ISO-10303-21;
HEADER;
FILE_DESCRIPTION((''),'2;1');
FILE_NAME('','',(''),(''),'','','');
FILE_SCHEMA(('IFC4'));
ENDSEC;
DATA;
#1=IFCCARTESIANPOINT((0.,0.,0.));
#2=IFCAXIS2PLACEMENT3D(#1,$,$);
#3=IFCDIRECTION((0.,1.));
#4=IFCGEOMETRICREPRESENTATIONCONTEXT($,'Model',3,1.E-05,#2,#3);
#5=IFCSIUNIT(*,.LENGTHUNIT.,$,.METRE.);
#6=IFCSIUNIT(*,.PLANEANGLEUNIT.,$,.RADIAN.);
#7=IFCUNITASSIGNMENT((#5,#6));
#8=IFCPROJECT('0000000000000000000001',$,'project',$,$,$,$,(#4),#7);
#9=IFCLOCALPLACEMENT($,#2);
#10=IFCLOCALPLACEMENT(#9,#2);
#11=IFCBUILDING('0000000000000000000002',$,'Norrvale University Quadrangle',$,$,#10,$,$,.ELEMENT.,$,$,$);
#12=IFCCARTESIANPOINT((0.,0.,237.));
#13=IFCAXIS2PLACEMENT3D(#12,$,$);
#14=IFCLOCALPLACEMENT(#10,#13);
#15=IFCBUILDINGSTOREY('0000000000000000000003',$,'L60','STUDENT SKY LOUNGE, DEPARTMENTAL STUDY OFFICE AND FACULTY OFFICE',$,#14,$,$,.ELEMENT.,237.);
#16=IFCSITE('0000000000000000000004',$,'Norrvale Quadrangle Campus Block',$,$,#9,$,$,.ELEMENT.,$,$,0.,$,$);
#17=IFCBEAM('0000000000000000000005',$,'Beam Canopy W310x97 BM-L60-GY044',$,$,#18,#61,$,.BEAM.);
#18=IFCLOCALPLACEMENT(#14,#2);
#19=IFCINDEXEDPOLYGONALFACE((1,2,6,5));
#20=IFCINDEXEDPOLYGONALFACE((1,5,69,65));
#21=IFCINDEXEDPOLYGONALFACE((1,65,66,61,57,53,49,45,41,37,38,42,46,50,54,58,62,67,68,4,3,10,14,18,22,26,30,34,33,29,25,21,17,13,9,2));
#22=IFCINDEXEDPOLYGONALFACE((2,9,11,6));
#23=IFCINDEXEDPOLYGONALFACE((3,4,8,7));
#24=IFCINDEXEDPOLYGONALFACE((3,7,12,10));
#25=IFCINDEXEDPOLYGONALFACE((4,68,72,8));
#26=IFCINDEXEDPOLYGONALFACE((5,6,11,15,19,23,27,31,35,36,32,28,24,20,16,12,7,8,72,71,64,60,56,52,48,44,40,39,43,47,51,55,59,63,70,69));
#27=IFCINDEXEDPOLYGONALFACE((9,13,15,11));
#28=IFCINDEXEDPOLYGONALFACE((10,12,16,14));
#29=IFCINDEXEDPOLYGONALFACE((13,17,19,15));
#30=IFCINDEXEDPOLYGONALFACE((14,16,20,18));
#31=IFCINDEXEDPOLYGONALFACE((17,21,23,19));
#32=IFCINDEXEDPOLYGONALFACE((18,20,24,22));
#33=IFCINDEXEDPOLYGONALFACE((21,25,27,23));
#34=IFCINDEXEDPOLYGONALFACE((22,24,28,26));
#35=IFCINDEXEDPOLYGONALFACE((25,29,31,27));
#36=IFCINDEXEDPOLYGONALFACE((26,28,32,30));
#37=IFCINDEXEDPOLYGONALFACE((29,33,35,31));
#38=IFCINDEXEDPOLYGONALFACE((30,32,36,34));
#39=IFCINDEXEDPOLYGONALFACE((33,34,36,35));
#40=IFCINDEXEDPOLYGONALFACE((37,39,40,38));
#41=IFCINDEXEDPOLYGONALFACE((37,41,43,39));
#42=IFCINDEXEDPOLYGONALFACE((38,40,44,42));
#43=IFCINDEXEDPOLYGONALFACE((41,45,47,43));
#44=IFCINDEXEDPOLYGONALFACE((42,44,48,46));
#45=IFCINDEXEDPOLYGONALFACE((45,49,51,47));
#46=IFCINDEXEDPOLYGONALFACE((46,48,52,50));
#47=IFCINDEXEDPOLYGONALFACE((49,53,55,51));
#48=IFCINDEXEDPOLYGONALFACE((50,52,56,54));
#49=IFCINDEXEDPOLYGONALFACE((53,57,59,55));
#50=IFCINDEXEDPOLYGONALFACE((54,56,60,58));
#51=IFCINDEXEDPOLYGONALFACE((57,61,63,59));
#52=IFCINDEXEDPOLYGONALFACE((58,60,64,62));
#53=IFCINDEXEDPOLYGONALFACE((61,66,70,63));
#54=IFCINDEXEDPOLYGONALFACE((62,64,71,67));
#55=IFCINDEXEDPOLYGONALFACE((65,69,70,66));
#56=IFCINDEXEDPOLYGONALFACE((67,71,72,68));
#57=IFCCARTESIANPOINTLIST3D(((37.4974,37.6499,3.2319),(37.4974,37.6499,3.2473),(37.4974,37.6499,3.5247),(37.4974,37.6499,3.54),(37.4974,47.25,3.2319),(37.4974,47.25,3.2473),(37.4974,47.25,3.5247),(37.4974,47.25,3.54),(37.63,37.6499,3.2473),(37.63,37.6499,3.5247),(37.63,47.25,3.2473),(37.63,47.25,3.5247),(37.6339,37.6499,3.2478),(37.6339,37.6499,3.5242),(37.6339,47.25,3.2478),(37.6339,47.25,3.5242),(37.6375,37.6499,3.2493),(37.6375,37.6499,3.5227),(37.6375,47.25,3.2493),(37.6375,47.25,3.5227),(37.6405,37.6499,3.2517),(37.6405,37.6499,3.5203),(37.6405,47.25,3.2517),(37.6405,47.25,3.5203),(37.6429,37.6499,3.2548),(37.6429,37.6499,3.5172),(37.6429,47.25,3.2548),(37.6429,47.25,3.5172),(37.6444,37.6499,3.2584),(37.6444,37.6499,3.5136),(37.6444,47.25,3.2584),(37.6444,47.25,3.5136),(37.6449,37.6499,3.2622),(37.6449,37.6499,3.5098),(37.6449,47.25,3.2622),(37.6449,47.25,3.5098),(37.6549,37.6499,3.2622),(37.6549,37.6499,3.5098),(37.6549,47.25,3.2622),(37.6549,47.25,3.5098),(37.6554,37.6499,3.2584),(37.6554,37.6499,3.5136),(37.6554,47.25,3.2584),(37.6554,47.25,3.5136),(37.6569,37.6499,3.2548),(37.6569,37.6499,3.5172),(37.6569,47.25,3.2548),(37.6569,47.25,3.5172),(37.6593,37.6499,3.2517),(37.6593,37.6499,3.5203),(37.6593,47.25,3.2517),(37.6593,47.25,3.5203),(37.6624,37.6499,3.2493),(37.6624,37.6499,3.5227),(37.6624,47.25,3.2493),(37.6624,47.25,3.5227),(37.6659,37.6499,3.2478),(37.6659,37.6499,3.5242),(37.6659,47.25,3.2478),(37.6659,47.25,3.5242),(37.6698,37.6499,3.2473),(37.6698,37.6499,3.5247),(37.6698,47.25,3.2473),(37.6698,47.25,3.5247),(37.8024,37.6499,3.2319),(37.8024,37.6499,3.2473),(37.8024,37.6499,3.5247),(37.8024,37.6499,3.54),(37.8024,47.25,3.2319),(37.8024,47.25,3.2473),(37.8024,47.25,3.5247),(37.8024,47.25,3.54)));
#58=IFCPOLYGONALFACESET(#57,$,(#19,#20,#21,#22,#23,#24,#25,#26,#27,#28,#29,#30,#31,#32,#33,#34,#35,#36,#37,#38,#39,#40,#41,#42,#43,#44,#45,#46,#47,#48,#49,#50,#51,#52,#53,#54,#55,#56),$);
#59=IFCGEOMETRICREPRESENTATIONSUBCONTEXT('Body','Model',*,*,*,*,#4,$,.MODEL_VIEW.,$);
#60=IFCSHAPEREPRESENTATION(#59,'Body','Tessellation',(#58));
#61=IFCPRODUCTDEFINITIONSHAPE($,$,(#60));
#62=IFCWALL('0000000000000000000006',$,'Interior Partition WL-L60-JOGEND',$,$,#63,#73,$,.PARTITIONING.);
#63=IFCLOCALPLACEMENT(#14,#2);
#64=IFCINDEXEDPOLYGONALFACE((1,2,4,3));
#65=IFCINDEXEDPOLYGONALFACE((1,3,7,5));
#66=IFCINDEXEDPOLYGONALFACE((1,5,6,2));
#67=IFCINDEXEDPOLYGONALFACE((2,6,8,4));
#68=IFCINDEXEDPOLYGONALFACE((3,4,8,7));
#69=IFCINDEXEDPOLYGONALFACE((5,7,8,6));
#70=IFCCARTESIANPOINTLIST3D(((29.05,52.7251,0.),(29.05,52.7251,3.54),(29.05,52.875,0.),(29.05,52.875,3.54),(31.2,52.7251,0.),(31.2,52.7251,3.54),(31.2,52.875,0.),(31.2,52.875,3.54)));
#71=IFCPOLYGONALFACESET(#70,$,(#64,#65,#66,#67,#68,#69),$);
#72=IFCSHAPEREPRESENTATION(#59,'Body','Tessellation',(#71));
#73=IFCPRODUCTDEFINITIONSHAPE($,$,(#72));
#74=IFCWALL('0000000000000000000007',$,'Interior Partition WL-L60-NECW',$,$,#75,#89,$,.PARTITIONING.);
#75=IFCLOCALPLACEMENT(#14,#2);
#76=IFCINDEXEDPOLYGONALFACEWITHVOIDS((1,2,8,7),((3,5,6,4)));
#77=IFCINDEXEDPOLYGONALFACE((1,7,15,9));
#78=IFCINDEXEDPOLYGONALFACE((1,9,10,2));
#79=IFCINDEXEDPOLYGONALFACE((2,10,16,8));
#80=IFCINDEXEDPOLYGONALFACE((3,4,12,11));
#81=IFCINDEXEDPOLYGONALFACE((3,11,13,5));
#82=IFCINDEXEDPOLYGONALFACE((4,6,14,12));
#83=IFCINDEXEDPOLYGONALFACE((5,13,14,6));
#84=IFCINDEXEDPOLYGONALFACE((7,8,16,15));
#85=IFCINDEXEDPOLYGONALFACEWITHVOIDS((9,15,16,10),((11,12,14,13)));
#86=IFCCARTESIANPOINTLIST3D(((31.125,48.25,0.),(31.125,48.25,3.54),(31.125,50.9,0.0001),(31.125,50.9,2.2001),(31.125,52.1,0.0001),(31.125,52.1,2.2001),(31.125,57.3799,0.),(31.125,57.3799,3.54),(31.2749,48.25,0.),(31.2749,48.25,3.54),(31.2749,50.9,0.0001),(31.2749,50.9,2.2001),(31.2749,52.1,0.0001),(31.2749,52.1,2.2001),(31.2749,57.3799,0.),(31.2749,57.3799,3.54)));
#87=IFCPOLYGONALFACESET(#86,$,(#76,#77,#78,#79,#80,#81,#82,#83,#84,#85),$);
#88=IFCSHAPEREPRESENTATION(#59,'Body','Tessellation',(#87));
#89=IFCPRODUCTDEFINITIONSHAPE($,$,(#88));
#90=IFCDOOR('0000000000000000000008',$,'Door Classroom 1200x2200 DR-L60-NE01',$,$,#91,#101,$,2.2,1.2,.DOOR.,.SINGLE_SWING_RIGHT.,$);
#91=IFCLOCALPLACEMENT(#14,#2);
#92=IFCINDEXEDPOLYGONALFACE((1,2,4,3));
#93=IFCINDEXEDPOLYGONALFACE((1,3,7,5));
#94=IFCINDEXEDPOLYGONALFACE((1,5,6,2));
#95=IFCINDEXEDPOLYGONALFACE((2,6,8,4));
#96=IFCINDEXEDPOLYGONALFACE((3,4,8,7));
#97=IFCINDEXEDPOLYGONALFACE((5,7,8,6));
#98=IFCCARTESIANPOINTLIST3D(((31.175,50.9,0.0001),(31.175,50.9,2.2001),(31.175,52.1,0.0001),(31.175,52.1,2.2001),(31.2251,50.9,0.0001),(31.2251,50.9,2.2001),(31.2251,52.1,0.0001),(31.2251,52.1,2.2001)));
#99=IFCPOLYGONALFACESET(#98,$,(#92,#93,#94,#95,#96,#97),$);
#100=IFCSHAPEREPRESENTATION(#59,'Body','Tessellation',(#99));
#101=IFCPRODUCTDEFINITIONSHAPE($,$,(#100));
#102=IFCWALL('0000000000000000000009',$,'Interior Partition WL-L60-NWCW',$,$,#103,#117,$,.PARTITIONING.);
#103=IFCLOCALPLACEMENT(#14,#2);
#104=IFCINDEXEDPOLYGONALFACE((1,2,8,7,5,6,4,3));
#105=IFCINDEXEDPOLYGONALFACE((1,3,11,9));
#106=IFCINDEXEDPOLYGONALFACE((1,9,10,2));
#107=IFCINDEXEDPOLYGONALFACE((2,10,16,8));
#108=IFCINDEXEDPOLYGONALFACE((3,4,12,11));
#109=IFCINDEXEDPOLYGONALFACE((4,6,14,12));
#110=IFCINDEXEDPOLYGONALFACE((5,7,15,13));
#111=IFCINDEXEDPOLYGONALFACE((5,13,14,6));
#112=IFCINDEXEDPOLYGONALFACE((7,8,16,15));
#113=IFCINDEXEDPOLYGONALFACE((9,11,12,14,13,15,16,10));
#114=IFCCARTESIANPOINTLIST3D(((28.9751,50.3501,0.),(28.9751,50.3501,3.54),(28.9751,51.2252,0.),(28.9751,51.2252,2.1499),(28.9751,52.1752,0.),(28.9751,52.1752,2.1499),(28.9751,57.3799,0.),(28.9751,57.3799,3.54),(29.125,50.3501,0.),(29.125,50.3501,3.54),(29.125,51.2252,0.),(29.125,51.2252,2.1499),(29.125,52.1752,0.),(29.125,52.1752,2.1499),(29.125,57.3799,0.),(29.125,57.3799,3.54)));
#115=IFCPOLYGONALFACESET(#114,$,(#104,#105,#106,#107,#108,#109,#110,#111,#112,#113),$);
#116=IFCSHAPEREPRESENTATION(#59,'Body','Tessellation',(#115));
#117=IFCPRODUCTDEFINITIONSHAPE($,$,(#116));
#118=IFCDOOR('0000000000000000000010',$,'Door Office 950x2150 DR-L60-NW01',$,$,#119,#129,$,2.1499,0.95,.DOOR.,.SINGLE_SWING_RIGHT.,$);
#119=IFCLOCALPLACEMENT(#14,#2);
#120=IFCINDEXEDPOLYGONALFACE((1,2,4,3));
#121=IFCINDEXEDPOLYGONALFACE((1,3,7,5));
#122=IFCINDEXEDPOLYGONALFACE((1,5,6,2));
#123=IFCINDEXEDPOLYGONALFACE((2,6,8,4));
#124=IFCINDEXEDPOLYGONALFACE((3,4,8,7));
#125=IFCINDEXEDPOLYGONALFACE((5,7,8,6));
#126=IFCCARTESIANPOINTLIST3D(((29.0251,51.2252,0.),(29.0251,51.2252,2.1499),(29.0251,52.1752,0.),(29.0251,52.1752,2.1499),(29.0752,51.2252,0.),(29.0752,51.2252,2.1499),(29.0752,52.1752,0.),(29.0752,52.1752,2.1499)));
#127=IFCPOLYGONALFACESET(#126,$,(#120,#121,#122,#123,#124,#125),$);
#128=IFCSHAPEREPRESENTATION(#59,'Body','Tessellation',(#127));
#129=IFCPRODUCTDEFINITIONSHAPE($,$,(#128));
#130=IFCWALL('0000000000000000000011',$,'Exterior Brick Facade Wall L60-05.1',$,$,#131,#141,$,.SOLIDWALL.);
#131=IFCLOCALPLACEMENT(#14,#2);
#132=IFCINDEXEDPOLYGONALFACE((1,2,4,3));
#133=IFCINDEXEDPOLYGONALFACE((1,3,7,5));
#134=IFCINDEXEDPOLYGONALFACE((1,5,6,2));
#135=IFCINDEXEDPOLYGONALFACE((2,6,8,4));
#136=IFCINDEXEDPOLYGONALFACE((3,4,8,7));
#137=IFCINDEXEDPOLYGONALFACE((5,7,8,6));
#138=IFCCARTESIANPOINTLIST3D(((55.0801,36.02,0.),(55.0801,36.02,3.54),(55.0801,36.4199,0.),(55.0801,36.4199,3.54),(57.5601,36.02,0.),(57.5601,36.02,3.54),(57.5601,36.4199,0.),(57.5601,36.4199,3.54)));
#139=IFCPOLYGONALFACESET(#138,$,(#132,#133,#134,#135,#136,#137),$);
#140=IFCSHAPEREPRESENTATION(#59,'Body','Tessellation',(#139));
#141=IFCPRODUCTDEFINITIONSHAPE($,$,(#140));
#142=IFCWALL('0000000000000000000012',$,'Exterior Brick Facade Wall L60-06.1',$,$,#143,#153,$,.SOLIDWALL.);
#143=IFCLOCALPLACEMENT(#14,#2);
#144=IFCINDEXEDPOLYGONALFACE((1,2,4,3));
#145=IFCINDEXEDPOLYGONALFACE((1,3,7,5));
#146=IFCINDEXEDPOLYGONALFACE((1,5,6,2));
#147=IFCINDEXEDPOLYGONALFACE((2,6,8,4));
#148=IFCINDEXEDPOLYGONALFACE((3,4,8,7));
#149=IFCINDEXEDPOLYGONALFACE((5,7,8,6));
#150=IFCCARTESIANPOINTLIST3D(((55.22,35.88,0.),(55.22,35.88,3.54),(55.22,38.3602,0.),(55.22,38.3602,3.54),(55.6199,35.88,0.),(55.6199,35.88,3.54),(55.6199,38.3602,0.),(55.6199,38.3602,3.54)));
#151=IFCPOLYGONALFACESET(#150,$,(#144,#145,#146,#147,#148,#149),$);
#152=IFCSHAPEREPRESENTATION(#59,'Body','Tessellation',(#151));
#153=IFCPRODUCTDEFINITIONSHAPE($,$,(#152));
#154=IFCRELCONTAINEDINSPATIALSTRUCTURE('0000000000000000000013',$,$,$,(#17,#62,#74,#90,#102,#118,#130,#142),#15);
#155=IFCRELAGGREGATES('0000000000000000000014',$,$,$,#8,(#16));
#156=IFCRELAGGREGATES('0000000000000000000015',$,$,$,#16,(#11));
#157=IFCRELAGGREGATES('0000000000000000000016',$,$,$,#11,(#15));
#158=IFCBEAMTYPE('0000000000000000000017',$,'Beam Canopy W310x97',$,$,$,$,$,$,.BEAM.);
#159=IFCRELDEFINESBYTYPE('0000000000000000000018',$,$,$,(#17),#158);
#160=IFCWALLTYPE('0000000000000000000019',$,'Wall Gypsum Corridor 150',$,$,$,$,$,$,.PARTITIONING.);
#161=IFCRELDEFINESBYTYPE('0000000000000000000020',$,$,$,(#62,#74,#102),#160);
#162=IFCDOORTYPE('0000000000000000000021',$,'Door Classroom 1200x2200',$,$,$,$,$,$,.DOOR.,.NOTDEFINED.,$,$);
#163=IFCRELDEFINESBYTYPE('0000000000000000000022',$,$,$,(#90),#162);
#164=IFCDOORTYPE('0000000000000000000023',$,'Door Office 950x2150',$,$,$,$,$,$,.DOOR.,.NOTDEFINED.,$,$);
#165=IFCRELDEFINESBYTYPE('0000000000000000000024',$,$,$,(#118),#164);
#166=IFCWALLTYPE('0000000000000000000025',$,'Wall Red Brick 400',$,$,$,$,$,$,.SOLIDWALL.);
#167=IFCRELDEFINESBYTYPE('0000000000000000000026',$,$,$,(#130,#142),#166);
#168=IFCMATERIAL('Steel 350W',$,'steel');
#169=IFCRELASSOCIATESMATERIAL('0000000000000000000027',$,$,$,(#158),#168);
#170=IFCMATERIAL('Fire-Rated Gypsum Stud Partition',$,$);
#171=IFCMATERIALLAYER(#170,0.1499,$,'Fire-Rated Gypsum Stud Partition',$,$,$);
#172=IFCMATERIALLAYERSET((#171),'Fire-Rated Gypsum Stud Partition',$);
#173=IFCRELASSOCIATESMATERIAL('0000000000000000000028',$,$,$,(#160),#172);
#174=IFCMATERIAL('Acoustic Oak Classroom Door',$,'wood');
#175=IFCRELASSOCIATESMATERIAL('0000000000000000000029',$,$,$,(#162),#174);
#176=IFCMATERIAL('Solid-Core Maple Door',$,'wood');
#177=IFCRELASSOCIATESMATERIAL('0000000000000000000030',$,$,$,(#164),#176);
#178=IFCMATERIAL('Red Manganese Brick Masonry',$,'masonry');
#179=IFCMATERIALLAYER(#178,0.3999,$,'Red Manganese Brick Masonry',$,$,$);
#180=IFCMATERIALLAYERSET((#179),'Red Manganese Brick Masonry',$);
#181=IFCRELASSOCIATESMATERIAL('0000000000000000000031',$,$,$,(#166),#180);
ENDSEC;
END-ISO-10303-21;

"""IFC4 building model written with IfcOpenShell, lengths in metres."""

from ifc_helpers import new_model, si_unit, direction, frame, frame_2d, origin, origin_2d, place, context, subcontext, project, spatial, rectangle, i_section, extrude, material, layer, layer_set, material_profile, profile_set, type_object, element, fill, save


model = new_model("IFC4")

# Units and contexts
model_context = context("Model", 3, precision=1e-05, world=origin(), true_north=direction((0.0, 1.0)))
body_context = subcontext(model_context, "Body", "Model", "MODEL_VIEW")
ifc_project = project(units=[si_unit("LENGTHUNIT", "METRE"), si_unit("PLANEANGLEUNIT", "RADIAN")], contexts=[model_context])

# Site, building, storey
site_placement = place(None, origin())
site = spatial("IfcSite", under=ifc_project, at=site_placement, Name="Norrvale Quadrangle Campus Block", CompositionType="ELEMENT", RefElevation=0.0)
building_placement = place(site_placement, origin())
building = spatial("IfcBuilding", under=site, at=building_placement, Name="Norrvale University Quadrangle", CompositionType="ELEMENT")
storey_placement = place(building_placement, frame((0.0, 0.0, 237.0)))
storey = spatial("IfcBuildingStorey", under=building, at=storey_placement, Name="L60", Description="STUDENT SKY LOUNGE, DEPARTMENTAL STUDY OFFICE AND FACULTY OFFICE", CompositionType="ELEMENT", Elevation=237.0)

# Beam
ifc_material_1 = material(Name="Steel 350W", Category="steel")
ifc_material_profile_1 = material_profile(ifc_material_1, i_section(OverallWidth=0.3049, OverallDepth=0.3081, WebThickness=0.01, FlangeThickness=0.0154, FilletRadius=0.0149, at=origin_2d()), Name="Steel 350W")
ifc_profile_set_1 = profile_set([ifc_material_profile_1], Name="Steel 350W")
beam_type_1 = type_object("IfcBeamType", Name="Beam Canopy W310x97", PredefinedType="BEAM", material=ifc_profile_set_1)
for number, where, z_axis, x_axis, name in (
    (1, (37.6499, 37.6499, 3.386), (0.0, 1.0, 0.0), (-1.0, 0.0, 0.0), "Beam Canopy W310x97 BM-L60-GY044"),
):
    element("IfcBeam", number, at=place(storey_placement, frame(where, z_axis=z_axis, x_axis=x_axis)), inside=storey, type_object=beam_type_1, Name=name, PredefinedType="BEAM", context=body_context, shape_type="SweptSolid", body=[
        extrude(i_section(OverallWidth=0.3049, OverallDepth=0.3081, WebThickness=0.01, FlangeThickness=0.0154, FilletRadius=0.0149, at=origin_2d()), origin(), (0.0, 0.0, 1.0), 9.6001),
    ])

# Wall
ifc_material_2 = material(Name="Fire-Rated Gypsum Stud Partition")
ifc_layer_1 = layer(ifc_material_2, 0.1499, Name="Fire-Rated Gypsum Stud Partition")
ifc_layer_set_1 = layer_set([ifc_layer_1], Name="Fire-Rated Gypsum Stud Partition")
wall_type_1 = type_object("IfcWallType", Name="Wall Gypsum Corridor 150", PredefinedType="PARTITIONING", material=ifc_layer_set_1)
wall_1_placement = place(storey_placement, frame((29.05, 52.8, 0.0), z_axis=(0.0, 0.0, 1.0), x_axis=(1.0, 0.0, 0.0)))
element("IfcWall", 2, at=wall_1_placement, inside=storey, type_object=wall_type_1, Name="Interior Partition WL-L60-JOGEND", PredefinedType="PARTITIONING", context=body_context, shape_type="SweptSolid", body=[
    extrude(rectangle(XDim=2.1499, YDim=0.1499, at=frame_2d((1.075, 0.0))), origin(), (0.0, 0.0, 1.0), 3.54),
])

# Walls, openings, doors
wall_2_placement = place(storey_placement, frame((31.2, 48.25, 0.0), z_axis=(0.0, 0.0, 1.0), x_axis=(0.0, 1.0, 0.0)))
wall_2 = element("IfcWall", 3, at=wall_2_placement, inside=storey, type_object=wall_type_1, Name="Interior Partition WL-L60-NECW", PredefinedType="PARTITIONING", context=body_context, shape_type="SweptSolid", body=[
    extrude(rectangle(XDim=9.1299, YDim=0.1499, at=frame_2d((4.5649, 0.0))), origin(), (0.0, 0.0, 1.0), 3.54),
])
opening_1_placement = place(wall_2_placement, frame((2.6499, 0.0, 0.0)))
opening_1 = element("IfcOpeningElement", 4, at=opening_1_placement, cuts=wall_2, PredefinedType="OPENING", context=body_context, shape_type="SweptSolid", body=[
    extrude(rectangle(XDim=1.2, YDim=2.2, at=frame_2d((0.6001, 1.1001))), frame((0.0, 0.0869, 0.0), z_axis=(0.0, -1.0, 0.0), x_axis=(1.0, 0.0, 0.0)), (0.0, 0.0, 1.0), 0.1738),
])
ifc_material_3 = material(Name="Acoustic Oak Classroom Door", Category="wood")
door_type_1 = type_object("IfcDoorType", Name="Door Classroom 1200x2200", OperationType="NOTDEFINED", PredefinedType="DOOR", material=ifc_material_3)
door_1_placement = place(opening_1_placement, origin())
door_1 = element("IfcDoor", 5, at=door_1_placement, inside=storey, type_object=door_type_1, Name="Door Classroom 1200x2200 DR-L60-NE01", OperationType="SINGLE_SWING_RIGHT", OverallHeight=2.2, OverallWidth=1.2, PredefinedType="DOOR", context=body_context, shape_type="SweptSolid", body=[
    extrude(rectangle(XDim=1.2, YDim=2.2, at=frame_2d((0.6001, 1.1001))), frame((0.0, 0.0249, 0.0), z_axis=(0.0, -1.0, 0.0), x_axis=(1.0, 0.0, 0.0)), (0.0, 0.0, 1.0), 0.05),
])
fill(opening_1, door_1)
wall_3_placement = place(storey_placement, frame((29.05, 50.3501, 0.0), z_axis=(0.0, 0.0, 1.0), x_axis=(0.0, 1.0, 0.0)))
wall_3 = element("IfcWall", 6, at=wall_3_placement, inside=storey, type_object=wall_type_1, Name="Interior Partition WL-L60-NWCW", PredefinedType="PARTITIONING", context=body_context, shape_type="SweptSolid", body=[
    extrude(rectangle(XDim=7.0298, YDim=0.1499, at=frame_2d((3.5149, 0.0))), origin(), (0.0, 0.0, 1.0), 3.54),
])
opening_2_placement = place(wall_3_placement, frame((0.875, 0.0, 0.0)))
opening_2 = element("IfcOpeningElement", 7, at=opening_2_placement, cuts=wall_3, PredefinedType="OPENING", context=body_context, shape_type="SweptSolid", body=[
    extrude(rectangle(XDim=0.95, YDim=2.1499, at=frame_2d((0.4751, 1.075))), frame((0.0, 0.0869, 0.0), z_axis=(0.0, -1.0, 0.0), x_axis=(1.0, 0.0, 0.0)), (0.0, 0.0, 1.0), 0.1738),
])
ifc_material_4 = material(Name="Solid-Core Maple Door", Category="wood")
door_type_2 = type_object("IfcDoorType", Name="Door Office 950x2150", OperationType="NOTDEFINED", PredefinedType="DOOR", material=ifc_material_4)
door_2_placement = place(opening_2_placement, origin())
door_2 = element("IfcDoor", 8, at=door_2_placement, inside=storey, type_object=door_type_2, Name="Door Office 950x2150 DR-L60-NW01", OperationType="SINGLE_SWING_RIGHT", OverallHeight=2.1499, OverallWidth=0.95, PredefinedType="DOOR", context=body_context, shape_type="SweptSolid", body=[
    extrude(rectangle(XDim=0.95, YDim=2.1499, at=frame_2d((0.4751, 1.075))), frame((0.0, 0.0249, 0.0), z_axis=(0.0, -1.0, 0.0), x_axis=(1.0, 0.0, 0.0)), (0.0, 0.0, 1.0), 0.05),
])
fill(opening_2, door_2)

# Walls
ifc_material_5 = material(Name="Red Manganese Brick Masonry", Category="masonry")
ifc_layer_2 = layer(ifc_material_5, 0.3999, Name="Red Manganese Brick Masonry")
ifc_layer_set_2 = layer_set([ifc_layer_2], Name="Red Manganese Brick Masonry")
wall_type_2 = type_object("IfcWallType", Name="Wall Red Brick 400", PredefinedType="SOLIDWALL", material=ifc_layer_set_2)
wall_4_placement = place(storey_placement, frame((57.5601, 36.22, 0.0), z_axis=(0.0, 0.0, 1.0), x_axis=(-1.0, 0.0, 0.0)))
element("IfcWall", 9, at=wall_4_placement, inside=storey, type_object=wall_type_2, Name="Exterior Brick Facade Wall L60-05.1", PredefinedType="SOLIDWALL", context=body_context, shape_type="SweptSolid", body=[
    extrude(rectangle(XDim=2.48, YDim=0.3999, at=frame_2d((1.24, 0.0))), origin(), (0.0, 0.0, 1.0), 3.54),
])
wall_5_placement = place(storey_placement, frame((55.4199, 35.8799, 0.0), z_axis=(0.0, 0.0, 1.0), x_axis=(0.0, 1.0, 0.0)))
element("IfcWall", 10, at=wall_5_placement, inside=storey, type_object=wall_type_2, Name="Exterior Brick Facade Wall L60-06.1", PredefinedType="SOLIDWALL", context=body_context, shape_type="SweptSolid", body=[
    extrude(rectangle(XDim=2.4802, YDim=0.3999, at=frame_2d((1.2402, 0.0))), origin(), (0.0, 0.0, 1.0), 3.54),
])

save(model, "model.ifc")
